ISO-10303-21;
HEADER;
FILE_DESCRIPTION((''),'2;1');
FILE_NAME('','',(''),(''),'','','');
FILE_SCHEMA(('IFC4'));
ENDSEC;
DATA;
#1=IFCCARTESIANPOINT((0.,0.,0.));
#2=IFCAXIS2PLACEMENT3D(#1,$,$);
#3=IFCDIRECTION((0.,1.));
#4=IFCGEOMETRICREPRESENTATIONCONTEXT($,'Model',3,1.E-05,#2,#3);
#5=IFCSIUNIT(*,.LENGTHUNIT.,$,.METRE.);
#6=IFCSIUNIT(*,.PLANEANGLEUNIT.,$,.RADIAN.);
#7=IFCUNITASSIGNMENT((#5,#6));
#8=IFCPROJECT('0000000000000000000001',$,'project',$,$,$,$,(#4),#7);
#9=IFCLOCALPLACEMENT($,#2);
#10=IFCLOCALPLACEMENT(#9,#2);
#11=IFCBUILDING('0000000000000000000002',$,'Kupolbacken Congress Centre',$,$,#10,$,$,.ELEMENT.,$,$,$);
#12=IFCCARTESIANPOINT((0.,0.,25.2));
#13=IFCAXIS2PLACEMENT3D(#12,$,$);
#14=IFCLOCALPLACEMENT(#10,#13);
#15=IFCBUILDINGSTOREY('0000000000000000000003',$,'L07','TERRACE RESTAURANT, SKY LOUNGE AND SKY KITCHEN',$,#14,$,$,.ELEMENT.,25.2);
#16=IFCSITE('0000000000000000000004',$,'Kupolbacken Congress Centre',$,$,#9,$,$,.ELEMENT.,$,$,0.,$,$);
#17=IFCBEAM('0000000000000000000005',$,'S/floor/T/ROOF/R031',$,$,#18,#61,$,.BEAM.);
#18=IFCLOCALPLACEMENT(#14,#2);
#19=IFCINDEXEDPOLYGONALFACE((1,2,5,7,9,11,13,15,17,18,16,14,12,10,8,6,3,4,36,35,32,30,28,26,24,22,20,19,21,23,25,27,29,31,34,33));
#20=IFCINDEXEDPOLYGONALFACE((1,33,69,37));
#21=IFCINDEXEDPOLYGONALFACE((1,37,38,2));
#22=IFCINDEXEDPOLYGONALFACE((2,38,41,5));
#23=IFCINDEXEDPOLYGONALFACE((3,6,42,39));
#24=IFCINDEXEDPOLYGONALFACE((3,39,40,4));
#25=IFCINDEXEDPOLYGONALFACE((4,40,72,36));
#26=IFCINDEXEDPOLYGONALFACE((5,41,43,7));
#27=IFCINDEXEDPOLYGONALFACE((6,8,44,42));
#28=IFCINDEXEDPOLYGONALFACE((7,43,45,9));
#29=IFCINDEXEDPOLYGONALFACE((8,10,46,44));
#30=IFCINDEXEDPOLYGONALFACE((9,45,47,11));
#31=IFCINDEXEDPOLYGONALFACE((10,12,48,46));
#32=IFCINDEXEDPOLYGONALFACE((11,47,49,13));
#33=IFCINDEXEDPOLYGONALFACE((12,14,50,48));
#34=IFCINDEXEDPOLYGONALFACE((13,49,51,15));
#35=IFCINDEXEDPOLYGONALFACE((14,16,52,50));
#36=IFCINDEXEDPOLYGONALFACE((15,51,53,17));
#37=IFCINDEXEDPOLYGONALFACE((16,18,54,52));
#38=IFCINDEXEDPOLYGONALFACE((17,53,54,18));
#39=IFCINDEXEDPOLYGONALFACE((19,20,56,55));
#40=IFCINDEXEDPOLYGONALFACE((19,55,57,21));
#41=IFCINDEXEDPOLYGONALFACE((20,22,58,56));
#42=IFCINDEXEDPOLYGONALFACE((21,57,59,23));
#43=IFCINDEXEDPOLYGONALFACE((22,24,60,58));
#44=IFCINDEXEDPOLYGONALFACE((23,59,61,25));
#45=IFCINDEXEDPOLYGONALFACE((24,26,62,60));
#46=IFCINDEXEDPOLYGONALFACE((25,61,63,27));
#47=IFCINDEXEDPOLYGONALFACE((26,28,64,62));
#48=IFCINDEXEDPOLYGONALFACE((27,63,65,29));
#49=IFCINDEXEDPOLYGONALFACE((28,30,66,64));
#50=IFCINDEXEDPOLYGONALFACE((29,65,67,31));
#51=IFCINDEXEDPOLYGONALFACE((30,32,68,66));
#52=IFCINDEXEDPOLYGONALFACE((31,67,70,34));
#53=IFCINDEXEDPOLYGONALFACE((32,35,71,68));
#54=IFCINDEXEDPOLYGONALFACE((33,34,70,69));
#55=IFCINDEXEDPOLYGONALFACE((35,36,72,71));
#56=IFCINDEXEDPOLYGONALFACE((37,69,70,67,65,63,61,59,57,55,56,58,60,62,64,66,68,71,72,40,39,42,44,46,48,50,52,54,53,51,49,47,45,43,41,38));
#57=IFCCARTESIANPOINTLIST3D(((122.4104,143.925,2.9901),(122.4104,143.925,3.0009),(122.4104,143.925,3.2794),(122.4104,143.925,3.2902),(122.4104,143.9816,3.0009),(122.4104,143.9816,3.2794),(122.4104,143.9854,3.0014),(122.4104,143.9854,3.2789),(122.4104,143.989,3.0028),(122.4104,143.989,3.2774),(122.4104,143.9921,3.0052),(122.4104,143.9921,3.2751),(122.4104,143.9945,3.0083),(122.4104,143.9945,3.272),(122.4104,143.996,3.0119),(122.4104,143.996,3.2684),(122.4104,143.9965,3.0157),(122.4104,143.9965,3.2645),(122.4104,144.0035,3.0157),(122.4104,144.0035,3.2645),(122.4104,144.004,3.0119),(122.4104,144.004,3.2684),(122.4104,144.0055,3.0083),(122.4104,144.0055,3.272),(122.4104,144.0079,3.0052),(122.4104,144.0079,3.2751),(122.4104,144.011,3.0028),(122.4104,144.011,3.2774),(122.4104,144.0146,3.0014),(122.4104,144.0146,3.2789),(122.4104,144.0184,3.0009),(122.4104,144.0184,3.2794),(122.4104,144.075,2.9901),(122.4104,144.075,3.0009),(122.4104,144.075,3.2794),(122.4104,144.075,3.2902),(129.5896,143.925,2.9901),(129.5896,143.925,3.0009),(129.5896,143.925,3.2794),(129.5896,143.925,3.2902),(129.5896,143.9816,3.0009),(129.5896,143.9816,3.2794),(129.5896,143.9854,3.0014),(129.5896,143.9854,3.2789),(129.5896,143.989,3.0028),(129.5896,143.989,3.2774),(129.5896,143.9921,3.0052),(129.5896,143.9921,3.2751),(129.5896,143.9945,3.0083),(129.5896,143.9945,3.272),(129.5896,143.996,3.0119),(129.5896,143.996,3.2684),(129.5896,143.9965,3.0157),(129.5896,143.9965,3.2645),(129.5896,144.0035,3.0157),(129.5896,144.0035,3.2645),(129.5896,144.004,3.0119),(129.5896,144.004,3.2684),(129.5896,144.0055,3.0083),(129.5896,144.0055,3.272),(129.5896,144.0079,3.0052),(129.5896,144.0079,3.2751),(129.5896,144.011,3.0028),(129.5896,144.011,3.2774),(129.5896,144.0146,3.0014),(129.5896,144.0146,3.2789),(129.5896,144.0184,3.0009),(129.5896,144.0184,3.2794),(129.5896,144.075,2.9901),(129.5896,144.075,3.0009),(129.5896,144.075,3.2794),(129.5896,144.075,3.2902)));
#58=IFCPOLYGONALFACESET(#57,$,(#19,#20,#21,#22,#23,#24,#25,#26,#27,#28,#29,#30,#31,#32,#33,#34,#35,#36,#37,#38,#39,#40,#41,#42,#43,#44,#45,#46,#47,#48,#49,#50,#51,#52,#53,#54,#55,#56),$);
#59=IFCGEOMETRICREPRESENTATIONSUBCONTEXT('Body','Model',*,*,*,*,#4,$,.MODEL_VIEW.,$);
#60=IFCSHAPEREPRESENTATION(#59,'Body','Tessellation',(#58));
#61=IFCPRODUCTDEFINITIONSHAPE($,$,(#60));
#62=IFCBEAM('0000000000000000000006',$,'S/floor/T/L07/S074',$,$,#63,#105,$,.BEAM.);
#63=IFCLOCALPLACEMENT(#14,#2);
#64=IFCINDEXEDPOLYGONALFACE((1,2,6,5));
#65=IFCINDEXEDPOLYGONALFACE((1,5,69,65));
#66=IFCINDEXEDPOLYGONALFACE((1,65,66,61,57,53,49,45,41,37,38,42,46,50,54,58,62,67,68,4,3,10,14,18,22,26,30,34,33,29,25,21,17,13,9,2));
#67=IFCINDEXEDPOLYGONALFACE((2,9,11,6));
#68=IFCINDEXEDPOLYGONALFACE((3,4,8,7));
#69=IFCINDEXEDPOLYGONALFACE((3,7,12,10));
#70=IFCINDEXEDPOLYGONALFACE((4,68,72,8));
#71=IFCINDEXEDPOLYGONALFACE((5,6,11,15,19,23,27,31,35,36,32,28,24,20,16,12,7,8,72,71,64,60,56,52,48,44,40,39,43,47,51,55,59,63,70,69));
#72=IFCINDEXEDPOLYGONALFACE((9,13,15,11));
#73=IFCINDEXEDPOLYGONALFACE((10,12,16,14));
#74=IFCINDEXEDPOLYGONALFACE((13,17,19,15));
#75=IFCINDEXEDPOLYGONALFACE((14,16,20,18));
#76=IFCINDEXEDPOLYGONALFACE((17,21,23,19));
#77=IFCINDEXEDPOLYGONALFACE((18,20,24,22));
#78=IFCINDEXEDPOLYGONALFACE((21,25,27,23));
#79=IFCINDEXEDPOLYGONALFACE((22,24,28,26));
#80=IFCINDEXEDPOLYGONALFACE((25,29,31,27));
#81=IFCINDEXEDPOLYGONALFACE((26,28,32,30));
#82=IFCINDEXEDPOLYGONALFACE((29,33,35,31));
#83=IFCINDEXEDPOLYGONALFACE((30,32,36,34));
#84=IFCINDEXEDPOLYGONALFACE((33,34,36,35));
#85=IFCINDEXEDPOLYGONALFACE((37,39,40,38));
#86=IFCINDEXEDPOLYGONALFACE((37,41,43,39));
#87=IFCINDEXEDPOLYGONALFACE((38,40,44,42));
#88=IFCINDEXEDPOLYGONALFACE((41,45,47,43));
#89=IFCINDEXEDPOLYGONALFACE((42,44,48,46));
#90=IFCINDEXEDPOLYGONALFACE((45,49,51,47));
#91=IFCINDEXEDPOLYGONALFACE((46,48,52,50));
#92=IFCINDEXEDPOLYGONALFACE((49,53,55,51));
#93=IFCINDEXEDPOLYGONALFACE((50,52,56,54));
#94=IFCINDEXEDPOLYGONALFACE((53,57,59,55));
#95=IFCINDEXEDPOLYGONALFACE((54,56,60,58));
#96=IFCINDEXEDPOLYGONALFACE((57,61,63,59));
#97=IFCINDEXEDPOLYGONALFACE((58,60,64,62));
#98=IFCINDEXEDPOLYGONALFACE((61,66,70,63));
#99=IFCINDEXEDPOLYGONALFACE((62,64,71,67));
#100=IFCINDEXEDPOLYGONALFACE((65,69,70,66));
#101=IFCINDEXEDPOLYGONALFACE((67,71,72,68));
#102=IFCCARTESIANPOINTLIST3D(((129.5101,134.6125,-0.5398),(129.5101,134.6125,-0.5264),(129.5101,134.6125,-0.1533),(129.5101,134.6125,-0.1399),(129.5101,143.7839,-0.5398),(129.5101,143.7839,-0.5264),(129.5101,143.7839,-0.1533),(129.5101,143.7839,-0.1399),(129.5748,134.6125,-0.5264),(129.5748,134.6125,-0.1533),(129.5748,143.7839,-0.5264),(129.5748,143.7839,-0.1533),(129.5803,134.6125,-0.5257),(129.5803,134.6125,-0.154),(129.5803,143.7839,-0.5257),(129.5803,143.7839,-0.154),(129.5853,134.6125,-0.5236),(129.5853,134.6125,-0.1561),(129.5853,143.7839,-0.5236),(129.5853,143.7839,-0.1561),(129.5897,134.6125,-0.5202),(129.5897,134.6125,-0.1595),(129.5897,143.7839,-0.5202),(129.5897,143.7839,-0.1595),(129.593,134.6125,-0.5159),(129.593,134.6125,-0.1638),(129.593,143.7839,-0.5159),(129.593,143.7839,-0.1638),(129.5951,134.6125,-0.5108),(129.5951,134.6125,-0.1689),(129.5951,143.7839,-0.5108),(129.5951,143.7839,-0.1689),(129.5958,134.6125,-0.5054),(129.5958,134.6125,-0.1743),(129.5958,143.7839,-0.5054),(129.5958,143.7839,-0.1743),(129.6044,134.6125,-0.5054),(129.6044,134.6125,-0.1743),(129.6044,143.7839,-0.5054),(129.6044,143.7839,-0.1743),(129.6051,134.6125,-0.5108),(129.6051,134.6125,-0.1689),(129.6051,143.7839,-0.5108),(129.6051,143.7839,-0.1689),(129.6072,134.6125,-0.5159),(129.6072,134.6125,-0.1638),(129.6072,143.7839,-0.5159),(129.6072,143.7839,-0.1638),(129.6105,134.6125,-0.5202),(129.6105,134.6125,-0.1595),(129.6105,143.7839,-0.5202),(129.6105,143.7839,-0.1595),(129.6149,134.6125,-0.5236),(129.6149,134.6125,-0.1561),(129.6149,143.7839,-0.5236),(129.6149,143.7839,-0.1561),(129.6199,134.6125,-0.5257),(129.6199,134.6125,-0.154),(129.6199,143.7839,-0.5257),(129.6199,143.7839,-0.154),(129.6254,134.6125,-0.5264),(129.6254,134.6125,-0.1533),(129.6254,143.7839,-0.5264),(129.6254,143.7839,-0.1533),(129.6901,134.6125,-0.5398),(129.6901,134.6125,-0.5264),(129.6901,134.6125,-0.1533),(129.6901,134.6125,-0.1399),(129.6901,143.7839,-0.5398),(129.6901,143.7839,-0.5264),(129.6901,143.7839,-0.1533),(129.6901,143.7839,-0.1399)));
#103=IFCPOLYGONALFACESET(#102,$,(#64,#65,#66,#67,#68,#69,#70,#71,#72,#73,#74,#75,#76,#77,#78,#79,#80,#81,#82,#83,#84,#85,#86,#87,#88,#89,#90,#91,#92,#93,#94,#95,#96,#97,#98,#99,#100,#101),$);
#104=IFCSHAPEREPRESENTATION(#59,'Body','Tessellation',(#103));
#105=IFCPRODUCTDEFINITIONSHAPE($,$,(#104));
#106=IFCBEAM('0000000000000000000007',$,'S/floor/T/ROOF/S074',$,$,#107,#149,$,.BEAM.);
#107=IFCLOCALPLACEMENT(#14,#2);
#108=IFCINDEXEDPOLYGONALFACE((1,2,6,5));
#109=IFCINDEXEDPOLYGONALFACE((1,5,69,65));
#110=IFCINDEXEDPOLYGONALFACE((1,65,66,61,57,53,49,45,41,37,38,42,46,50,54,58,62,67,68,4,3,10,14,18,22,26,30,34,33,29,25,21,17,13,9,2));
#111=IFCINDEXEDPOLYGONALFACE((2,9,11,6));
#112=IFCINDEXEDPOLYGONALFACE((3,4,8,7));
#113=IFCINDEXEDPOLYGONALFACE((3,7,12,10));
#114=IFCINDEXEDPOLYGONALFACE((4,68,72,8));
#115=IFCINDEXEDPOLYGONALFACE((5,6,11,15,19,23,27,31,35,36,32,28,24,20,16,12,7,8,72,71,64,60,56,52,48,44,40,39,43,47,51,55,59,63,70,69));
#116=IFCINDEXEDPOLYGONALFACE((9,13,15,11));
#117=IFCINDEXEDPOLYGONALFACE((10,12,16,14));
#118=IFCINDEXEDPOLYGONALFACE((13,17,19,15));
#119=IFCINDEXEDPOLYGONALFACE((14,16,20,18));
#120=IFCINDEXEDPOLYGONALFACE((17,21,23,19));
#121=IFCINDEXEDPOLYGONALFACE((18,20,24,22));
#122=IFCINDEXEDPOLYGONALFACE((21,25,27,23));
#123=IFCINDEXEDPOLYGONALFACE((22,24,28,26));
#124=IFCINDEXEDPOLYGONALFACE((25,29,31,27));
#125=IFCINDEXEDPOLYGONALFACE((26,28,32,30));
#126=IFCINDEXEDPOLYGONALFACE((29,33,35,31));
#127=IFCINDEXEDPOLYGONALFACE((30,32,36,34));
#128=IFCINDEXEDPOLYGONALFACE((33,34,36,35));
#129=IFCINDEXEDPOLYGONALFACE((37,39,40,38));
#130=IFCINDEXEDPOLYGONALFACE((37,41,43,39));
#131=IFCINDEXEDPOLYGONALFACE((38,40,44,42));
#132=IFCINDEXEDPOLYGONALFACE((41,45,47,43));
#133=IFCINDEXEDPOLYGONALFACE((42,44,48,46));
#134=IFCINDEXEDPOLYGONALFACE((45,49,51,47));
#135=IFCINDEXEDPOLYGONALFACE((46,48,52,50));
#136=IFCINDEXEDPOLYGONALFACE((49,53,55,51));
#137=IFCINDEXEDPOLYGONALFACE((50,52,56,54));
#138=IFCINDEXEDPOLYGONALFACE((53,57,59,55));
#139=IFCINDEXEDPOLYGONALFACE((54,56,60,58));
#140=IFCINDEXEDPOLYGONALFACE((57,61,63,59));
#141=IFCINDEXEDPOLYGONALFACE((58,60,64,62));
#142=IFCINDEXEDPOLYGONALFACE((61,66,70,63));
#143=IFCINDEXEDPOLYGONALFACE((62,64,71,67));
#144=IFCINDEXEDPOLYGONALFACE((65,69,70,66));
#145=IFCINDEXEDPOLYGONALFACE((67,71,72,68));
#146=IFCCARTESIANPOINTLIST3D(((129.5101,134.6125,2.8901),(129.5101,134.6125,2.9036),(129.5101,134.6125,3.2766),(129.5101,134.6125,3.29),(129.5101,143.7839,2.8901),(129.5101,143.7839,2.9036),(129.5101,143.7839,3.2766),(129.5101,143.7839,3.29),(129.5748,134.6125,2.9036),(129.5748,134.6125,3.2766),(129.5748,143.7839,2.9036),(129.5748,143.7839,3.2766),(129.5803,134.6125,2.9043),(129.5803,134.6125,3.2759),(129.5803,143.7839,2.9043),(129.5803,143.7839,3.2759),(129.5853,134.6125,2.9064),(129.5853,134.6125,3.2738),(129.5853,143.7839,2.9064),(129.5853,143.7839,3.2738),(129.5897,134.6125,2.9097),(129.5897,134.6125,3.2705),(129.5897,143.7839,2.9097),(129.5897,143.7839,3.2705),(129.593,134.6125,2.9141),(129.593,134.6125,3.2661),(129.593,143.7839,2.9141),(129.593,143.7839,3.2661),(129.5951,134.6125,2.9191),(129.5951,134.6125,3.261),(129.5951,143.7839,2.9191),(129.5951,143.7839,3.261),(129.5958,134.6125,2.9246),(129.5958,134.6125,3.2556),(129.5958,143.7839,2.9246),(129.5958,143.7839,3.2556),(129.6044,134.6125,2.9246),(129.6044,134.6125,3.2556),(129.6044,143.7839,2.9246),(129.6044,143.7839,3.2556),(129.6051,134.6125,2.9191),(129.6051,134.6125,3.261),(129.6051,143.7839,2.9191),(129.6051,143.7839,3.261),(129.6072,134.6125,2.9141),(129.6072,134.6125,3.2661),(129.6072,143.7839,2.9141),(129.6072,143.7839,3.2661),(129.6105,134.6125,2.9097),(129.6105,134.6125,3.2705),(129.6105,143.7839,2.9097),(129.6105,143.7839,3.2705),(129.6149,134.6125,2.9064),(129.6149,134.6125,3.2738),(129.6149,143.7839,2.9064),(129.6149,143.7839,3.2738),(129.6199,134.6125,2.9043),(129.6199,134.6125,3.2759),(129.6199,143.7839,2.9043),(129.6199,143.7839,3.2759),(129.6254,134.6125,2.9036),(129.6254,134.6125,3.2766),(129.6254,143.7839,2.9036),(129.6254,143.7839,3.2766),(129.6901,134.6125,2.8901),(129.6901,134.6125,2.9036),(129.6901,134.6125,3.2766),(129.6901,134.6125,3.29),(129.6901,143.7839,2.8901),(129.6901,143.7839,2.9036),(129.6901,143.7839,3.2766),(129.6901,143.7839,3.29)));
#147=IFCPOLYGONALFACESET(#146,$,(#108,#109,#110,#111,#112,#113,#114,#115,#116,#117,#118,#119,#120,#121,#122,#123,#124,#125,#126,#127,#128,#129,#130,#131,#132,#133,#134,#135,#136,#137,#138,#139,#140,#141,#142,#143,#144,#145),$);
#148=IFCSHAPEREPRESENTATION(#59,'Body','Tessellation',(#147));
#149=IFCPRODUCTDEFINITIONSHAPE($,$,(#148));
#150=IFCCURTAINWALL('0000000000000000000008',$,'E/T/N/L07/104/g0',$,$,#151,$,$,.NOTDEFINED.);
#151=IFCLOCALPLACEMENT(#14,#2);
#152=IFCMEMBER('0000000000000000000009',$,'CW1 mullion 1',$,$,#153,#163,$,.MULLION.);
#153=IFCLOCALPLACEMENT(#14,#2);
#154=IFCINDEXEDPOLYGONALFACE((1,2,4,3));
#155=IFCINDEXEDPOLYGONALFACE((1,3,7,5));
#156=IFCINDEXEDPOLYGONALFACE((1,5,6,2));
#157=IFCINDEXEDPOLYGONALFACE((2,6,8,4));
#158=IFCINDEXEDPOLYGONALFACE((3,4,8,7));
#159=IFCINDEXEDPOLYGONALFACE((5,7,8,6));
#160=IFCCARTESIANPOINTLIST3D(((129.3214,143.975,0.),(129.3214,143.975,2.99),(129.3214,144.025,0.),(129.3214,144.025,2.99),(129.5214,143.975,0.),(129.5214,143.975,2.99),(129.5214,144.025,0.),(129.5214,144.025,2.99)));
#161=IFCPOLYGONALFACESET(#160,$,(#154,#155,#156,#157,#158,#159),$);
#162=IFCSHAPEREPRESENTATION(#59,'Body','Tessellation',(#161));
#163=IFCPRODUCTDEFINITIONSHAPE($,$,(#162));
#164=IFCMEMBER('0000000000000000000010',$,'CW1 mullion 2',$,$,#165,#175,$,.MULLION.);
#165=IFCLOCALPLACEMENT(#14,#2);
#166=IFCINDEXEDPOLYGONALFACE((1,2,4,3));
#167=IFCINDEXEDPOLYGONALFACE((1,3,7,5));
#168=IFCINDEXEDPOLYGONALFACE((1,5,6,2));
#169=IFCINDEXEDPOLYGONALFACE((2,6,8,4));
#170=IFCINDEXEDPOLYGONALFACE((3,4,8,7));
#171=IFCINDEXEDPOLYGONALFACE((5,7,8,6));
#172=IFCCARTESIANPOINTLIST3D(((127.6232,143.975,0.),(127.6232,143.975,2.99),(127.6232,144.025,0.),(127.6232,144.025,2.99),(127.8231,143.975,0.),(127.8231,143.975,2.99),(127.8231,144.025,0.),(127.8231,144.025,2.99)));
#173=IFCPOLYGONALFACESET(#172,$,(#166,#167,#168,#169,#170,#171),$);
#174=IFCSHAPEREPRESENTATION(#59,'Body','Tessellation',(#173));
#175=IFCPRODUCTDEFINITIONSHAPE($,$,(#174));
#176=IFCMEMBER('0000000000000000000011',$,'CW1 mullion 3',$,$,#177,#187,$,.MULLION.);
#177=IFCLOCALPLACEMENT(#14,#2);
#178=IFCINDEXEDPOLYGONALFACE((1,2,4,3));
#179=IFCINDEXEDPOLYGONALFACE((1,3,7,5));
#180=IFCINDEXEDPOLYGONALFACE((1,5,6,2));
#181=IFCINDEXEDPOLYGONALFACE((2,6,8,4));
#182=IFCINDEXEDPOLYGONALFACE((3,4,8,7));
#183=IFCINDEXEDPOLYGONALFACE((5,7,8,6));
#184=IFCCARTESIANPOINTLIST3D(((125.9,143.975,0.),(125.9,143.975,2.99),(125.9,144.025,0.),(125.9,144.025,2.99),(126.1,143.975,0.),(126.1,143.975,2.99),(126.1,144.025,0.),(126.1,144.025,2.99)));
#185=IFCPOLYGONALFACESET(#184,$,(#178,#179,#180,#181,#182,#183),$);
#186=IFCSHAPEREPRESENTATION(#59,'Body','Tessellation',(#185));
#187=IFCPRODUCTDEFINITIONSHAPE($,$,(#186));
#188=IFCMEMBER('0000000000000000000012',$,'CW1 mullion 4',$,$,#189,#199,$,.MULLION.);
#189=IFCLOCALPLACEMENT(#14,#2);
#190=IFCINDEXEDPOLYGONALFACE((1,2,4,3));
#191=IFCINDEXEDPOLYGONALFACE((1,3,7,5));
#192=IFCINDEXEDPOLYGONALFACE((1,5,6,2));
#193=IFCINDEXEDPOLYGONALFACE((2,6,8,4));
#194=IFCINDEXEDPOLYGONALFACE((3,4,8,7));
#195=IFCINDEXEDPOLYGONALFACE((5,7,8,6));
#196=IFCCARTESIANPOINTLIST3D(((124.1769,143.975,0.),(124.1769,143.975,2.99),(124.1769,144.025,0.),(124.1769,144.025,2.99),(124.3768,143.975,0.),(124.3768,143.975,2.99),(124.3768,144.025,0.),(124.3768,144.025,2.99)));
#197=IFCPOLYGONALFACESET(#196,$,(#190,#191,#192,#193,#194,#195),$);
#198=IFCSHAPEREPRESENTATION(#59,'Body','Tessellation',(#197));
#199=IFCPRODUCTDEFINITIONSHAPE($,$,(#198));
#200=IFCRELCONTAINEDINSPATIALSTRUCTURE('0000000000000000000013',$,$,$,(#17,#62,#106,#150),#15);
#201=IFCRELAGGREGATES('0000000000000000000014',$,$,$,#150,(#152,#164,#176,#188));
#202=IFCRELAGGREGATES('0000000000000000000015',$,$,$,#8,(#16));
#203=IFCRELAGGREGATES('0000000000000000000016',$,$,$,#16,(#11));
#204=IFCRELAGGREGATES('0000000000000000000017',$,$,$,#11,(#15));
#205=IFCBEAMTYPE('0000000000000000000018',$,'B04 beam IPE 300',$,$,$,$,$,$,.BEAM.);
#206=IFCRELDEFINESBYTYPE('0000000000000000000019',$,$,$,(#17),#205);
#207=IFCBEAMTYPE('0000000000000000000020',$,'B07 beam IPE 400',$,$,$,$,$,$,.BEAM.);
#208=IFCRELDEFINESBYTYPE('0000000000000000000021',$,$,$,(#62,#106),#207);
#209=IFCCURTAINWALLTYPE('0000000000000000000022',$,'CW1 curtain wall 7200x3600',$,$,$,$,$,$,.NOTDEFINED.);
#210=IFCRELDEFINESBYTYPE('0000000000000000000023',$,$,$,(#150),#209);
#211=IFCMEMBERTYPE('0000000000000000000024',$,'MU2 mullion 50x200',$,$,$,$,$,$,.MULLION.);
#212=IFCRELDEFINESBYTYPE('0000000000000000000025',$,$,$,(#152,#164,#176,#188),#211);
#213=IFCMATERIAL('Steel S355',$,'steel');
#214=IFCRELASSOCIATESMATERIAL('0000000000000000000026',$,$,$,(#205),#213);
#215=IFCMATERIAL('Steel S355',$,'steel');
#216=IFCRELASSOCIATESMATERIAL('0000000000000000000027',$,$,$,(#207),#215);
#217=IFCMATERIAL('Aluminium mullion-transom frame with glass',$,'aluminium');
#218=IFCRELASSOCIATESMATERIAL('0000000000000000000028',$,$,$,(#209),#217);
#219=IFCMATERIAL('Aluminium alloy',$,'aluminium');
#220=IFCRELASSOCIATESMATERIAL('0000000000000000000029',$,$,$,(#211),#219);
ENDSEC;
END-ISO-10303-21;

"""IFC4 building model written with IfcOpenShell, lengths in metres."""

from ifc_helpers import new_model, si_unit, direction, frame, origin, origin_2d, place, context, subcontext, project, spatial, rectangle, i_section, extrude, material, material_profile, profile_set, type_object, element, aggregate, save


model = new_model("IFC4")

# Units and contexts
model_context = context("Model", 3, precision=1e-05, world=origin(), true_north=direction((0.0, 1.0)))
body_context = subcontext(model_context, "Body", "Model", "MODEL_VIEW")
ifc_project = project(units=[si_unit("LENGTHUNIT", "METRE"), si_unit("PLANEANGLEUNIT", "RADIAN")], contexts=[model_context])

# Site, building, storey
site_placement = place(None, origin())
site = spatial("IfcSite", under=ifc_project, at=site_placement, Name="Kupolbacken Congress Centre", CompositionType="ELEMENT", RefElevation=0.0)
building_placement = place(site_placement, origin())
building = spatial("IfcBuilding", under=site, at=building_placement, Name="Kupolbacken Congress Centre", CompositionType="ELEMENT")
storey_placement = place(building_placement, frame((0.0, 0.0, 25.2)))
storey = spatial("IfcBuildingStorey", under=building, at=storey_placement, Name="L07", Description="TERRACE RESTAURANT, SKY LOUNGE AND SKY KITCHEN", CompositionType="ELEMENT", Elevation=25.2)

# Beams
ifc_material_1 = material(Name="Steel S355", Category="steel")
ifc_material_profile_1 = material_profile(ifc_material_1, i_section(OverallWidth=0.1499, OverallDepth=0.3, WebThickness=0.0071, FlangeThickness=0.0107, FilletRadius=0.0149, at=origin_2d()), Name="IPE 300")
ifc_profile_set_1 = profile_set([ifc_material_profile_1], Name="Steel S355")
beam_type_1 = type_object("IfcBeamType", Name="B04 beam IPE 300", PredefinedType="BEAM", material=ifc_profile_set_1)
for number, where, z_axis, x_axis, name in (
    (1, (122.4104, 144.0, 3.1401), (1.0, 0.0, 0.0), (0.0, 1.0, 0.0), "S/floor/T/ROOF/R031"),
):
    element("IfcBeam", number, at=place(storey_placement, frame(where, z_axis=z_axis, x_axis=x_axis)), inside=storey, type_object=beam_type_1, Name=name, PredefinedType="BEAM", context=body_context, shape_type="SweptSolid", body=[
        extrude(i_section(OverallWidth=0.1499, OverallDepth=0.3, WebThickness=0.0071, FlangeThickness=0.0107, FilletRadius=0.0149, at=origin_2d()), origin(), (0.0, 0.0, 1.0), 7.1792),
    ])
ifc_material_2 = material(Name="Steel S355", Category="steel")
ifc_material_profile_2 = material_profile(ifc_material_2, i_section(OverallWidth=0.1799, OverallDepth=0.3999, WebThickness=0.0085, FlangeThickness=0.0134, FilletRadius=0.021, at=origin_2d()), Name="IPE 400")
ifc_profile_set_2 = profile_set([ifc_material_profile_2], Name="Steel S355")
beam_type_2 = type_object("IfcBeamType", Name="B07 beam IPE 400", PredefinedType="BEAM", material=ifc_profile_set_2)
for number, where, z_axis, x_axis, name in (
    (2, (129.6001, 134.6125, -0.3398), (0.0, 1.0, 0.0), (-1.0, 0.0, 0.0), "S/floor/T/L07/S074"),
    (3, (129.6001, 134.6125, 3.0901), (0.0, 1.0, 0.0), (-1.0, 0.0, 0.0), "S/floor/T/ROOF/S074"),
):
    element("IfcBeam", number, at=place(storey_placement, frame(where, z_axis=z_axis, x_axis=x_axis)), inside=storey, type_object=beam_type_2, Name=name, PredefinedType="BEAM", context=body_context, shape_type="SweptSolid", body=[
        extrude(i_section(OverallWidth=0.1799, OverallDepth=0.3999, WebThickness=0.0085, FlangeThickness=0.0134, FilletRadius=0.021, at=origin_2d()), origin(), (0.0, 0.0, 1.0), 9.1714),
    ])

# Curtain wall, members
ifc_material_3 = material(Name="Aluminium mullion-transom frame with glass", Category="aluminium")
curtain_wall_type = type_object("IfcCurtainWallType", Name="CW1 curtain wall 7200x3600", PredefinedType="NOTDEFINED", material=ifc_material_3)
curtain_wall_placement = place(storey_placement, origin())
curtain_wall = element("IfcCurtainWall", 4, at=curtain_wall_placement, inside=storey, type_object=curtain_wall_type, Name="E/T/N/L07/104/g0", PredefinedType="NOTDEFINED")
ifc_material_4 = material(Name="Aluminium alloy", Category="aluminium")
ifc_material_profile_3 = material_profile(ifc_material_4, rectangle(XDim=0.05, YDim=0.2, at=origin_2d()), Name="50 x 200")
ifc_profile_set_3 = profile_set([ifc_material_profile_3], Name="Aluminium alloy")
member_type_1 = type_object("IfcMemberType", Name="MU2 mullion 50x200", PredefinedType="MULLION", material=ifc_profile_set_3)
member_1_placement = place(storey_placement, frame((129.4214, 144.0, 0.0), z_axis=(0.0, 0.0, 1.0), x_axis=(0.0, -1.0, 0.0)))
member_1 = element("IfcMember", 5, at=member_1_placement, type_object=member_type_1, Name="CW1 mullion 1", PredefinedType="MULLION", context=body_context, shape_type="SweptSolid", body=[
    extrude(rectangle(XDim=0.05, YDim=0.2, at=origin_2d()), origin(), (0.0, 0.0, 1.0), 2.99),
])
member_2_placement = place(storey_placement, frame((127.7231, 144.0, 0.0), z_axis=(0.0, 0.0, 1.0), x_axis=(0.0, -1.0, 0.0)))
member_2 = element("IfcMember", 6, at=member_2_placement, type_object=member_type_1, Name="CW1 mullion 2", PredefinedType="MULLION", context=body_context, shape_type="SweptSolid", body=[
    extrude(rectangle(XDim=0.05, YDim=0.2, at=origin_2d()), origin(), (0.0, 0.0, 1.0), 2.99),
])
member_3_placement = place(storey_placement, frame((126.0, 144.0, 0.0), z_axis=(0.0, 0.0, 1.0), x_axis=(0.0, -1.0, 0.0)))
member_3 = element("IfcMember", 7, at=member_3_placement, type_object=member_type_1, Name="CW1 mullion 3", PredefinedType="MULLION", context=body_context, shape_type="SweptSolid", body=[
    extrude(rectangle(XDim=0.05, YDim=0.2, at=origin_2d()), origin(), (0.0, 0.0, 1.0), 2.99),
])
member_4_placement = place(storey_placement, frame((124.2769, 144.0, 0.0), z_axis=(0.0, 0.0, 1.0), x_axis=(0.0, -1.0, 0.0)))
member_4 = element("IfcMember", 8, at=member_4_placement, type_object=member_type_1, Name="CW1 mullion 4", PredefinedType="MULLION", context=body_context, shape_type="SweptSolid", body=[
    extrude(rectangle(XDim=0.05, YDim=0.2, at=origin_2d()), origin(), (0.0, 0.0, 1.0), 2.99),
])
aggregate(curtain_wall, [member_1, member_2, member_3, member_4])

save(model, "model.ifc")
